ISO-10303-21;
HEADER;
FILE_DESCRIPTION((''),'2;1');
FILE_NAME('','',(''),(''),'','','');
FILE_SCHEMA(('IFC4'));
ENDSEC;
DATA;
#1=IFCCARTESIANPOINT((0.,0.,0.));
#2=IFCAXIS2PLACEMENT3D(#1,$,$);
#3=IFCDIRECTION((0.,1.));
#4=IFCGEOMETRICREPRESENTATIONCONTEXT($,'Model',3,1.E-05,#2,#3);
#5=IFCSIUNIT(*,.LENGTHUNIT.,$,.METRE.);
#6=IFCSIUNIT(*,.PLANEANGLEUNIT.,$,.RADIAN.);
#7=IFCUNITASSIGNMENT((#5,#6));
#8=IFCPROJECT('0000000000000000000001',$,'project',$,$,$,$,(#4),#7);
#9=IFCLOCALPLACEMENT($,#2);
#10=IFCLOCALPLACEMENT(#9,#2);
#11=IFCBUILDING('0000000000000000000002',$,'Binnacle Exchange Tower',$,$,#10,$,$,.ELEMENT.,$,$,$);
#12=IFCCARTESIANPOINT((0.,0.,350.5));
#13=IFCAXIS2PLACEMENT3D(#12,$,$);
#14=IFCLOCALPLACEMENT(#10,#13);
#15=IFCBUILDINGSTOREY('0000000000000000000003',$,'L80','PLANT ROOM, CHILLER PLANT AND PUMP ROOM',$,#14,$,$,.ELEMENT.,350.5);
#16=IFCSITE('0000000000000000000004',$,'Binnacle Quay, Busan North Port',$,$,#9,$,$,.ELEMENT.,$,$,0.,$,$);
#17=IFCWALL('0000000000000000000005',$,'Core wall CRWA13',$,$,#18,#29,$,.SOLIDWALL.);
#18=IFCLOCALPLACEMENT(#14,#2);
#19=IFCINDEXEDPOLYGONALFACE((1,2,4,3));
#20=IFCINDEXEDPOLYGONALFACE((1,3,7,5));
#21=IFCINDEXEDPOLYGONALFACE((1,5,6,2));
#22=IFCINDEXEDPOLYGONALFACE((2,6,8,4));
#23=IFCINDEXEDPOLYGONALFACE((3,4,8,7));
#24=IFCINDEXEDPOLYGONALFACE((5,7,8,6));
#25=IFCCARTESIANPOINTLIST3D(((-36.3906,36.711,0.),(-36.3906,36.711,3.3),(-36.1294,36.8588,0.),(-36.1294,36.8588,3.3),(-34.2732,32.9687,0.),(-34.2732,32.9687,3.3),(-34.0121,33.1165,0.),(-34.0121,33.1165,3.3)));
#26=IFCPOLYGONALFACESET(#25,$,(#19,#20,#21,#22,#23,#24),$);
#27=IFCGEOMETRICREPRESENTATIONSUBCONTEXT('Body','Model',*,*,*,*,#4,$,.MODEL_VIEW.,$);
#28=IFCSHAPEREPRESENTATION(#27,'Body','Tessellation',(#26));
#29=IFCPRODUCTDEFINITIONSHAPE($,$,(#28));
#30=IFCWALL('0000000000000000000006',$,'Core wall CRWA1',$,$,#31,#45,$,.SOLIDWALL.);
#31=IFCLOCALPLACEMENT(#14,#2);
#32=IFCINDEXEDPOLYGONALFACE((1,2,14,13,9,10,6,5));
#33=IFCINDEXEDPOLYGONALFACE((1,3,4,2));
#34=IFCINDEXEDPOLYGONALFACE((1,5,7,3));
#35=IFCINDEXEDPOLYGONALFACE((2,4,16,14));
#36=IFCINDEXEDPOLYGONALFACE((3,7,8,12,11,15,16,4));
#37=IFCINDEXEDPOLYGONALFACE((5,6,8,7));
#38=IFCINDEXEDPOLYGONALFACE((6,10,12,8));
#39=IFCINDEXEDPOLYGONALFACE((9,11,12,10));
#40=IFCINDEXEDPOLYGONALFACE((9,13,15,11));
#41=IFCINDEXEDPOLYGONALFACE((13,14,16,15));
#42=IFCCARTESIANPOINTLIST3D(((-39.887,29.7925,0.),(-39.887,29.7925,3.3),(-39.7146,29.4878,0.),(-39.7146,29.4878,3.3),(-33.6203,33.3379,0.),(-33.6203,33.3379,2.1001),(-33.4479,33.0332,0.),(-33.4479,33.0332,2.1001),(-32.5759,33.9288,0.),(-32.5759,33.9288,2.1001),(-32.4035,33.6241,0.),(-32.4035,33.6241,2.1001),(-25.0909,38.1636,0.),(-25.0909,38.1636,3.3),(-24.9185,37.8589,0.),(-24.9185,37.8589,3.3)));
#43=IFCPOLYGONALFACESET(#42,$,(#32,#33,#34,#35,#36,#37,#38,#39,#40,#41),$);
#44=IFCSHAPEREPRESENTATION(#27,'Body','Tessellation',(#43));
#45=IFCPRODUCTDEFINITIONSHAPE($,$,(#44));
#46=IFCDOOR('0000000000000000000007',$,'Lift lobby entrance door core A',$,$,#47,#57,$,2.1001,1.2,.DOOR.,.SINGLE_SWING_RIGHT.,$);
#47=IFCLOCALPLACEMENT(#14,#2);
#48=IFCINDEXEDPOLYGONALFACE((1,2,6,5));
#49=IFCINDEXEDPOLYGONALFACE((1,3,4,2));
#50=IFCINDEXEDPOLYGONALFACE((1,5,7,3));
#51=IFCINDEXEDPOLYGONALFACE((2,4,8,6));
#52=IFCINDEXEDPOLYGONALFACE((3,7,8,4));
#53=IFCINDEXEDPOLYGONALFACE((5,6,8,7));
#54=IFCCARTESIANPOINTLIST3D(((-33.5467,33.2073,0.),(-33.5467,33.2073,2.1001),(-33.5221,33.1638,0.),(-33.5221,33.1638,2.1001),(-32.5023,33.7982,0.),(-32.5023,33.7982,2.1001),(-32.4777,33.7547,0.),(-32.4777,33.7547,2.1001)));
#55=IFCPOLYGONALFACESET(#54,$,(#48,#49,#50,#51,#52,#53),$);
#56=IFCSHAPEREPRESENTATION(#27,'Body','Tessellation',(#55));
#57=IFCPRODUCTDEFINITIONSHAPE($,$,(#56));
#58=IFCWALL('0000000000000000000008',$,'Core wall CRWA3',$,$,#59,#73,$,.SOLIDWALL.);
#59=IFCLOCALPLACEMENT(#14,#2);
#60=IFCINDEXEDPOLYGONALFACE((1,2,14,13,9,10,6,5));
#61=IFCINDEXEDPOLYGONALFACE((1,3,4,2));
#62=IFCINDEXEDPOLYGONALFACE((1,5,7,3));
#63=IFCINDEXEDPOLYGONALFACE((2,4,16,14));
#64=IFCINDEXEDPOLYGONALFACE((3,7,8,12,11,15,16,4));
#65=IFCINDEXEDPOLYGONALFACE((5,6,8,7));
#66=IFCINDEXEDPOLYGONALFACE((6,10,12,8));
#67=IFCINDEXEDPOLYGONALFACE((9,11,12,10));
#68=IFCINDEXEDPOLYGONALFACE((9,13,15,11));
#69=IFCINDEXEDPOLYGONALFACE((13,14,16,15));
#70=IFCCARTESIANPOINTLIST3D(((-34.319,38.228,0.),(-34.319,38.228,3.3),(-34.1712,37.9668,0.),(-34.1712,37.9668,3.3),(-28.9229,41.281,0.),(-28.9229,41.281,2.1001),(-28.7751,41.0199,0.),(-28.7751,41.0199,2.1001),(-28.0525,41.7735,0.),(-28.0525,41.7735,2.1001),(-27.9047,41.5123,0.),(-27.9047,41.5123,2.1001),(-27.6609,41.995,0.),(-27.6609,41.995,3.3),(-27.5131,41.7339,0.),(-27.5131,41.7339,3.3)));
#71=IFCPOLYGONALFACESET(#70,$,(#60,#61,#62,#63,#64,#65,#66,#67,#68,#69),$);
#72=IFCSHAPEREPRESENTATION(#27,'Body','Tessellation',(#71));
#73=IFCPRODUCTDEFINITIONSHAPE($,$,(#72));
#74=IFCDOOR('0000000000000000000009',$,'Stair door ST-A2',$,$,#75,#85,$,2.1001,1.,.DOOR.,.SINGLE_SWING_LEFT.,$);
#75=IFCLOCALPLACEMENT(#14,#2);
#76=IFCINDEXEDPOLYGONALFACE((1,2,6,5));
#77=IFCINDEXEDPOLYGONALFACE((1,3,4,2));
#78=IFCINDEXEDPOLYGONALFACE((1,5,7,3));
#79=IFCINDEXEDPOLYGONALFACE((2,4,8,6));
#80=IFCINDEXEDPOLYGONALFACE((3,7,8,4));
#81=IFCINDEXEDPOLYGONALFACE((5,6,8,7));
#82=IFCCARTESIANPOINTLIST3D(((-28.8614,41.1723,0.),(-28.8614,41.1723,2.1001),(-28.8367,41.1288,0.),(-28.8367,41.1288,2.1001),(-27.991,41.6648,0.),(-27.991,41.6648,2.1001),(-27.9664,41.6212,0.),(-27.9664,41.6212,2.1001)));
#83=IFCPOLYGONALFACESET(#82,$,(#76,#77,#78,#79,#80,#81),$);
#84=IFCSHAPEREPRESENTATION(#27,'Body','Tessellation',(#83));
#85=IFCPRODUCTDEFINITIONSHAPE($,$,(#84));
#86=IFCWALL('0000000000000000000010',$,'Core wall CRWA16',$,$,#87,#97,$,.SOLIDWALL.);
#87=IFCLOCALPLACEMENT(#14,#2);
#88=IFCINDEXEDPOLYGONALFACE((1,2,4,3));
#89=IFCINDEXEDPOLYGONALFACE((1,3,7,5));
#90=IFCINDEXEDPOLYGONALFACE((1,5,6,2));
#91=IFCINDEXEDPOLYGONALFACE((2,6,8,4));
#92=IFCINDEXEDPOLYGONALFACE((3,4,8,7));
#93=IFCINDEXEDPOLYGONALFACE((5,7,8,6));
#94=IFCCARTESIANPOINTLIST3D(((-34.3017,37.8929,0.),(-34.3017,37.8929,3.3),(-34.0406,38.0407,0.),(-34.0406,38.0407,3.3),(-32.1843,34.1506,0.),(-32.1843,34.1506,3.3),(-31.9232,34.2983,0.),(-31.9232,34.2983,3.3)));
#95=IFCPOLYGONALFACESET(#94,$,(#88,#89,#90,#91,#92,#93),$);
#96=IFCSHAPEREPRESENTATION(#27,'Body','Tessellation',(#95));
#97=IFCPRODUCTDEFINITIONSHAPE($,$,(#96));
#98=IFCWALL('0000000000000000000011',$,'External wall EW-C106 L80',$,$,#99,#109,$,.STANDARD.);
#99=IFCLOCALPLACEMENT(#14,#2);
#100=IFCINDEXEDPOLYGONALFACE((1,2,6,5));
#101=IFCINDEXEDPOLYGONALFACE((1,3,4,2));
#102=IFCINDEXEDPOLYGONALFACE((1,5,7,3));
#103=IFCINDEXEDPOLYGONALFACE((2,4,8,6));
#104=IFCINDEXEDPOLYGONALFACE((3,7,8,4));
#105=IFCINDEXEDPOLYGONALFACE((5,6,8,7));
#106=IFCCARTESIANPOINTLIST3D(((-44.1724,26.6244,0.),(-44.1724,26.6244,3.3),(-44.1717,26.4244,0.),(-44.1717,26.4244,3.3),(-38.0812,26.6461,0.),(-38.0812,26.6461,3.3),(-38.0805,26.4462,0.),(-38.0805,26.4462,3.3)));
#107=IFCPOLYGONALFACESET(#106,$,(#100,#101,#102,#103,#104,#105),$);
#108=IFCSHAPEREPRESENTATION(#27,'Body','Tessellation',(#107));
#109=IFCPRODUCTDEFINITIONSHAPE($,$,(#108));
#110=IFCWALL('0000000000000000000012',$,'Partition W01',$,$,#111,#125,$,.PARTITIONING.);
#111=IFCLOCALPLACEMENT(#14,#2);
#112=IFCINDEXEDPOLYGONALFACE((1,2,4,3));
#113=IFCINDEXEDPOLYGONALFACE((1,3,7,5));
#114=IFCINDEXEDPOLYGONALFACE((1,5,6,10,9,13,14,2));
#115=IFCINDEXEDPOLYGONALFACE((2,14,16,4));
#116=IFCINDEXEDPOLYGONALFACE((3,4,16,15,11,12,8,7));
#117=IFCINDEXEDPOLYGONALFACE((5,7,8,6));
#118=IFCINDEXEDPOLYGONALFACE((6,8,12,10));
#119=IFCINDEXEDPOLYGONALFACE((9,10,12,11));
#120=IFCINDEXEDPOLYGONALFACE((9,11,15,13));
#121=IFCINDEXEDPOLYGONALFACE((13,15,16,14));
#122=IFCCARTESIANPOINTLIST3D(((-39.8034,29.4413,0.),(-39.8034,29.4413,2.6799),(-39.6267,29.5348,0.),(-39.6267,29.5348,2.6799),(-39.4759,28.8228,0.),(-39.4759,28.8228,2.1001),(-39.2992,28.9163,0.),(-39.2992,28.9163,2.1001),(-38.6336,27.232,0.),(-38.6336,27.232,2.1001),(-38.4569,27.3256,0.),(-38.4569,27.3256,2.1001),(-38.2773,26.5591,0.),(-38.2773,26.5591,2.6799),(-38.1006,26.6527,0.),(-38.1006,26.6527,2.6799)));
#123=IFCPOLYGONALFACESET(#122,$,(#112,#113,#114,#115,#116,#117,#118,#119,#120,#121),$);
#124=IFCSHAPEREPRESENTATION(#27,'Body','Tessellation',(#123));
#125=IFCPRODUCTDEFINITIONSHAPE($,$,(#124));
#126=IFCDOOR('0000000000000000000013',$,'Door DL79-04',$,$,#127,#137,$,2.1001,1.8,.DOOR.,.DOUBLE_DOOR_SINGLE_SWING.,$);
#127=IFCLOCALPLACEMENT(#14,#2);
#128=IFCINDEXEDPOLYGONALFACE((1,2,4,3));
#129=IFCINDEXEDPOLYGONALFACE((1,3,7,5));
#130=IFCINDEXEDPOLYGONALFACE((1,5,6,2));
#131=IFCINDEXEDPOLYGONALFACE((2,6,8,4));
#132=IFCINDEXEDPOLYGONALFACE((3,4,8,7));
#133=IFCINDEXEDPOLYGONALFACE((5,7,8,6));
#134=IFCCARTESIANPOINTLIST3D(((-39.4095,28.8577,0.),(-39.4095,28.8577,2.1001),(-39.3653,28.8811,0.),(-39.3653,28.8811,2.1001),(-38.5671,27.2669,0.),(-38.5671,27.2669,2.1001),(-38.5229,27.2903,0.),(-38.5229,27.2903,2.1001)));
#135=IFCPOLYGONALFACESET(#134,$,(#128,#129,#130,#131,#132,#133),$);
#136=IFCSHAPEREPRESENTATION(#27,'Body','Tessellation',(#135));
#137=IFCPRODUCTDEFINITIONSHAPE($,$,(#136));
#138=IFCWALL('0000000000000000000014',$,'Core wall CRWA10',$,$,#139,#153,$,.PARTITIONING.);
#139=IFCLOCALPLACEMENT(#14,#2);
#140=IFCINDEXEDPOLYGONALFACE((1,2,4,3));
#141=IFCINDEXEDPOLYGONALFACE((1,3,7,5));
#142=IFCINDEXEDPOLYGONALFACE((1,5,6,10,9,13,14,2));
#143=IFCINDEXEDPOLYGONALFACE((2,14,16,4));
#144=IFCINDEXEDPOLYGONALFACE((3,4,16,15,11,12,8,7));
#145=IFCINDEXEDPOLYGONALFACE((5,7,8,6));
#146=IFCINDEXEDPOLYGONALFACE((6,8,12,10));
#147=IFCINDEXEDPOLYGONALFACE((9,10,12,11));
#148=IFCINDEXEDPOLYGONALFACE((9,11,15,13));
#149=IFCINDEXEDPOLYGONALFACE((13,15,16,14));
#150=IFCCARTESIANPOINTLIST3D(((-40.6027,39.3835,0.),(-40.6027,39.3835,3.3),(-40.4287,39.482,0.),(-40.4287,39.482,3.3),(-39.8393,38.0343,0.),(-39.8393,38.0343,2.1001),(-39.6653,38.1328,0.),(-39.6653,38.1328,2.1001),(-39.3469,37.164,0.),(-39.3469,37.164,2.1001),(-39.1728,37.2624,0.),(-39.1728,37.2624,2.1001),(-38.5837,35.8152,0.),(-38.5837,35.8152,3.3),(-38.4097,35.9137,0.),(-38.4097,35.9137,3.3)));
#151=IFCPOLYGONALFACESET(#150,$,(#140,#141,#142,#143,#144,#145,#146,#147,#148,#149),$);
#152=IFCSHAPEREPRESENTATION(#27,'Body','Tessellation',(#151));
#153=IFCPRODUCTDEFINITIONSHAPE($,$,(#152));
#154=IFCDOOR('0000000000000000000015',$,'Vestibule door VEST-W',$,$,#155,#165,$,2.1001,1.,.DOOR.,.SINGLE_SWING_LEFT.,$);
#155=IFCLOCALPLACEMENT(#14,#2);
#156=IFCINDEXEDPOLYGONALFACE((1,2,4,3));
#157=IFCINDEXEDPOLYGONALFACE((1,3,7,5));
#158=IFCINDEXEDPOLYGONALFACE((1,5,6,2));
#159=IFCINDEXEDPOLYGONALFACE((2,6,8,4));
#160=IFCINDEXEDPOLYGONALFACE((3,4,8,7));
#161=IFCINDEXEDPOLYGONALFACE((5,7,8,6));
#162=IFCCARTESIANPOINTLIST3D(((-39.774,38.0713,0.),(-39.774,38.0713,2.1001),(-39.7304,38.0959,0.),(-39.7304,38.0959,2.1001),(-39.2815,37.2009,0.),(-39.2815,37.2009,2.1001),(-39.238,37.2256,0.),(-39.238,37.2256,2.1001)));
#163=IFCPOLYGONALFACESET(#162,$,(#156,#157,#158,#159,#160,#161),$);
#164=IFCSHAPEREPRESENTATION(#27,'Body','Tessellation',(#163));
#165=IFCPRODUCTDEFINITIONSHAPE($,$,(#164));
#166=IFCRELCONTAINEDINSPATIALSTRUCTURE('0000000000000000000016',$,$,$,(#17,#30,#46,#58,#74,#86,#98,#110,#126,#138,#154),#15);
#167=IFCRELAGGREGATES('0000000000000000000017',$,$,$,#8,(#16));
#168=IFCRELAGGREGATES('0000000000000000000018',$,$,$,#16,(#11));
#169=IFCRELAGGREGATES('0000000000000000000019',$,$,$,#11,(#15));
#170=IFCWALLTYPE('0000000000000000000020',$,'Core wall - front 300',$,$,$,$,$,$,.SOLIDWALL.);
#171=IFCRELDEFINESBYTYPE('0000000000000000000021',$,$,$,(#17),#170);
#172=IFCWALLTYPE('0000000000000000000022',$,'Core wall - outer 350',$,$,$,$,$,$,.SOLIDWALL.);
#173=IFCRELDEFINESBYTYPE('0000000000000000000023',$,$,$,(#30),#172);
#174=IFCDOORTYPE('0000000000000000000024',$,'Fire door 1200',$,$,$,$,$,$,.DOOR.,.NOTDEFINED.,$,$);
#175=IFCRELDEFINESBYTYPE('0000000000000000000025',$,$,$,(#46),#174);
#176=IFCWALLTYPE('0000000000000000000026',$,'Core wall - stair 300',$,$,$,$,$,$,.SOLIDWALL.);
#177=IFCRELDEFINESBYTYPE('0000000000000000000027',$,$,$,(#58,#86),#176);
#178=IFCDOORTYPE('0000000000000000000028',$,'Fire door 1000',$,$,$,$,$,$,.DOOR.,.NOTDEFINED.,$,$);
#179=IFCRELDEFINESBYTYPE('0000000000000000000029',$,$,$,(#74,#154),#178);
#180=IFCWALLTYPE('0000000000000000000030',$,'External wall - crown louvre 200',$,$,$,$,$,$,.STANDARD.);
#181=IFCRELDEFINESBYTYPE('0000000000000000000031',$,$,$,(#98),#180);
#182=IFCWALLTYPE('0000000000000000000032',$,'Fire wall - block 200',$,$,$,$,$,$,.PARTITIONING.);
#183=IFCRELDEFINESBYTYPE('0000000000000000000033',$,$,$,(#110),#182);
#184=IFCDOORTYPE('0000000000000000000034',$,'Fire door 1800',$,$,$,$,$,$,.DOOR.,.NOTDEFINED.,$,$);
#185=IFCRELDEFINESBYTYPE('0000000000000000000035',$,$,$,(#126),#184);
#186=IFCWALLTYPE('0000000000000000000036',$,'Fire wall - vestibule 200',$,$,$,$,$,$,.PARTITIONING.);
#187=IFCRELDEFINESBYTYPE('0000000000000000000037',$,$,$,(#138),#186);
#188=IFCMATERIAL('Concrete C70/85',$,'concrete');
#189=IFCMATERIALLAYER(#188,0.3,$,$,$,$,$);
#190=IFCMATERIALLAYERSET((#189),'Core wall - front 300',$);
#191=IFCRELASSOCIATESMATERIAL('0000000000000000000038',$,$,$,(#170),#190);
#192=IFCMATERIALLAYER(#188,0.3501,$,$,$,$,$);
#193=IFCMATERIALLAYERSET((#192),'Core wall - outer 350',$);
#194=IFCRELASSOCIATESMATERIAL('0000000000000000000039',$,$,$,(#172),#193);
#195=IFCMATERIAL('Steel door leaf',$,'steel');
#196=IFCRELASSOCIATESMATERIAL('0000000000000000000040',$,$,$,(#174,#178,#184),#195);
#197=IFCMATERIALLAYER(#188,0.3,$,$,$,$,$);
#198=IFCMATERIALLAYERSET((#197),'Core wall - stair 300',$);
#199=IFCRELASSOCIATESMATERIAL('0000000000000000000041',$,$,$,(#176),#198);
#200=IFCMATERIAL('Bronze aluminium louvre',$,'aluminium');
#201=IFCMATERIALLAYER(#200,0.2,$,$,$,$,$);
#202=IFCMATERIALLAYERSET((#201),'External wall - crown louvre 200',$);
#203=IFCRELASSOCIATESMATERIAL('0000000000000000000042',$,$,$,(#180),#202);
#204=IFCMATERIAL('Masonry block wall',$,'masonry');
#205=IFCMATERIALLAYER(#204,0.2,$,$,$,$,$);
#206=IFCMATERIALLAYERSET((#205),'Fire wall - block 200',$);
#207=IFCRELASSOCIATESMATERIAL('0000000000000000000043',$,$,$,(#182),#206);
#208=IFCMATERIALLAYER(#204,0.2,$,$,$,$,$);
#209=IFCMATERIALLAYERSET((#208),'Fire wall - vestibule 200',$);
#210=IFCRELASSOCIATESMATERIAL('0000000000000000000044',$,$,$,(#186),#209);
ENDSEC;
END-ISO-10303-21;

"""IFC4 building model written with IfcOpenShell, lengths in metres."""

from ifc_helpers import new_model, si_unit, direction, frame, frame_2d, origin, place, context, subcontext, project, spatial, rectangle, extrude, material, layer, layer_set, type_object, element, fill, save


model = new_model("IFC4")

# Units and contexts
model_context = context("Model", 3, precision=1e-05, world=origin(), true_north=direction((0.0, 1.0)))
body_context = subcontext(model_context, "Body", "Model", "MODEL_VIEW")
ifc_project = project(units=[si_unit("LENGTHUNIT", "METRE"), si_unit("PLANEANGLEUNIT", "RADIAN")], contexts=[model_context])

# Site, building, storey
site_placement = place(None, origin())
site = spatial("IfcSite", under=ifc_project, at=site_placement, Name="Binnacle Quay, Busan North Port", CompositionType="ELEMENT", RefElevation=0.0)
building_placement = place(site_placement, origin())
building = spatial("IfcBuilding", under=site, at=building_placement, Name="Binnacle Exchange Tower", CompositionType="ELEMENT")
storey_placement = place(building_placement, frame((0.0, 0.0, 350.5)))
storey = spatial("IfcBuildingStorey", under=building, at=storey_placement, Name="L80", Description="PLANT ROOM, CHILLER PLANT AND PUMP ROOM", CompositionType="ELEMENT", Elevation=350.5)

# Shared definitions
ifc_material_1 = material(Name="Concrete C70/85", Category="concrete")
ifc_layer_1 = layer(ifc_material_1, 0.3)
ifc_layer_set_1 = layer_set([ifc_layer_1], Name="Core wall - front 300")
wall_type_1 = type_object("IfcWallType", Name="Core wall - front 300", PredefinedType="SOLIDWALL", material=ifc_layer_set_1)
ifc_material_2 = material(Name="Steel door leaf", Category="steel")

# Wall
wall_1_placement = place(storey_placement, frame((-36.26, 36.7849, 0.0), z_axis=(0.0, 0.0, 1.0), x_axis=(0.492435, -0.870349, 0.0)))
element("IfcWall", 1, at=wall_1_placement, inside=storey, type_object=wall_type_1, Name="Core wall CRWA13", PredefinedType="SOLIDWALL", context=body_context, shape_type="SweptSolid", body=[
    extrude(rectangle(XDim=4.2998, YDim=0.3, at=frame_2d((2.1499, 0.0))), origin(), (0.0, 0.0, 1.0), 3.3),
])

# Walls, openings, doors
ifc_layer_2 = layer(ifc_material_1, 0.3501)
ifc_layer_set_2 = layer_set([ifc_layer_2], Name="Core wall - outer 350")
wall_type_2 = type_object("IfcWallType", Name="Core wall - outer 350", PredefinedType="SOLIDWALL", material=ifc_layer_set_2)
wall_2_placement = place(storey_placement, frame((-39.8008, 29.6401, 0.0), z_axis=(0.0, 0.0, 1.0), x_axis=(0.87036, 0.492416, 0.0)))
wall_2 = element("IfcWall", 2, at=wall_2_placement, inside=storey, type_object=wall_type_2, Name="Core wall CRWA1", PredefinedType="SOLIDWALL", context=body_context, shape_type="SweptSolid", body=[
    extrude(rectangle(XDim=17.0, YDim=0.3501, at=frame_2d((8.5, 0.0))), origin(), (0.0, 0.0, 1.0), 3.3),
])
opening_1_placement = place(wall_2_placement, frame((7.2, 0.0, 0.0)))
opening_1 = element("IfcOpeningElement", 3, at=opening_1_placement, cuts=wall_2, PredefinedType="OPENING", context=body_context, shape_type="SweptSolid", body=[
    extrude(rectangle(XDim=1.2, YDim=2.1001, at=frame_2d((0.6001, 1.05))), frame((0.0, 0.1851, 0.0), z_axis=(0.0, -1.0, 0.0), x_axis=(1.0, 0.0, 0.0)), (0.0, 0.0, 1.0), 0.3701),
])
door_type_1 = type_object("IfcDoorType", Name="Fire door 1200", OperationType="NOTDEFINED", PredefinedType="DOOR", material=ifc_material_2)
door_1_placement = place(opening_1_placement, frame((1.2, 0.0, 0.0), z_axis=(0.0, 0.0, 1.0), x_axis=(-1.0, 0.0, 0.0)))
door_1 = element("IfcDoor", 4, at=door_1_placement, inside=storey, type_object=door_type_1, Name="Lift lobby entrance door core A", OperationType="SINGLE_SWING_RIGHT", OverallHeight=2.1001, OverallWidth=1.2, PredefinedType="DOOR", context=body_context, shape_type="SweptSolid", body=[
    extrude(rectangle(XDim=1.2, YDim=2.1001, at=frame_2d((0.6001, 1.05))), frame((0.0, 0.0249, 0.0), z_axis=(0.0, -1.0, 0.0), x_axis=(1.0, 0.0, 0.0)), (0.0, 0.0, 1.0), 0.05),
])
fill(opening_1, door_1)
ifc_layer_3 = layer(ifc_material_1, 0.3)
ifc_layer_set_3 = layer_set([ifc_layer_3], Name="Core wall - stair 300")
wall_type_3 = type_object("IfcWallType", Name="Core wall - stair 300", PredefinedType="SOLIDWALL", material=ifc_layer_set_3)
wall_3_placement = place(storey_placement, frame((-34.2451, 38.0974, 0.0), z_axis=(0.0, 0.0, 1.0), x_axis=(0.870352, 0.492429, 0.0)))
wall_3 = element("IfcWall", 5, at=wall_3_placement, inside=storey, type_object=wall_type_3, Name="Core wall CRWA3", PredefinedType="SOLIDWALL", context=body_context, shape_type="SweptSolid", body=[
    extrude(rectangle(XDim=7.6499, YDim=0.3, at=frame_2d((3.825, 0.0))), origin(), (0.0, 0.0, 1.0), 3.3),
])
opening_2_placement = place(wall_3_placement, frame((6.2, 0.0, 0.0)))
opening_2 = element("IfcOpeningElement", 6, at=opening_2_placement, cuts=wall_3, PredefinedType="OPENING", context=body_context, shape_type="SweptSolid", body=[
    extrude(rectangle(XDim=1.0, YDim=2.1001, at=frame_2d((0.5, 1.05))), frame((0.0, 0.1599, 0.0), z_axis=(0.0, -1.0, 0.0), x_axis=(1.0, 0.0, 0.0)), (0.0, 0.0, 1.0), 0.3201),
])
door_type_2 = type_object("IfcDoorType", Name="Fire door 1000", OperationType="NOTDEFINED", PredefinedType="DOOR", material=ifc_material_2)
door_2_placement = place(opening_2_placement, frame((1.0, 0.0, 0.0), z_axis=(0.0, 0.0, 1.0), x_axis=(-1.0, 0.0, 0.0)))
door_2 = element("IfcDoor", 7, at=door_2_placement, inside=storey, type_object=door_type_2, Name="Stair door ST-A2", OperationType="SINGLE_SWING_LEFT", OverallHeight=2.1001, OverallWidth=1.0, PredefinedType="DOOR", context=body_context, shape_type="SweptSolid", body=[
    extrude(rectangle(XDim=1.0, YDim=2.1001, at=frame_2d((0.5, 1.05))), frame((0.0, 0.0249, 0.0), z_axis=(0.0, -1.0, 0.0), x_axis=(1.0, 0.0, 0.0)), (0.0, 0.0, 1.0), 0.05),
])
fill(opening_2, door_2)

# Walls
wall_4_placement = place(storey_placement, frame((-34.1711, 37.9668, 0.0), z_axis=(0.0, 0.0, 1.0), x_axis=(0.492435, -0.870349, 0.0)))
element("IfcWall", 8, at=wall_4_placement, inside=storey, type_object=wall_type_3, Name="Core wall CRWA16", PredefinedType="SOLIDWALL", context=body_context, shape_type="SweptSolid", body=[
    extrude(rectangle(XDim=4.2998, YDim=0.3, at=frame_2d((2.1499, 0.0))), origin(), (0.0, 0.0, 1.0), 3.3),
])
ifc_material_3 = material(Name="Bronze aluminium louvre", Category="aluminium")
ifc_layer_4 = layer(ifc_material_3, 0.2)
ifc_layer_set_4 = layer_set([ifc_layer_4], Name="External wall - crown louvre 200")
wall_type_4 = type_object("IfcWallType", Name="External wall - crown louvre 200", PredefinedType="STANDARD", material=ifc_layer_set_4)
wall_5_placement = place(storey_placement, frame((-38.0808, 26.5461, 0.0), z_axis=(0.0, 0.0, 1.0), x_axis=(-0.999994, -0.003567, 0.0)))
element("IfcWall", 9, at=wall_5_placement, inside=storey, type_object=wall_type_4, Name="External wall EW-C106 L80", PredefinedType="STANDARD", context=body_context, shape_type="SweptSolid", body=[
    extrude(rectangle(XDim=6.0913, YDim=0.2, at=frame_2d((3.0457, 0.0))), origin(), (0.0, 0.0, 1.0), 3.3),
])

# Walls, openings, doors
ifc_material_4 = material(Name="Masonry block wall", Category="masonry")
ifc_layer_5 = layer(ifc_material_4, 0.2)
ifc_layer_set_5 = layer_set([ifc_layer_5], Name="Fire wall - block 200")
wall_type_5 = type_object("IfcWallType", Name="Fire wall - block 200", PredefinedType="PARTITIONING", material=ifc_layer_set_5)
wall_6_placement = place(storey_placement, frame((-39.7151, 29.488, 0.0), z_axis=(0.0, 0.0, 1.0), x_axis=(0.467963, -0.883748, 0.0)))
wall_6 = element("IfcWall", 10, at=wall_6_placement, inside=storey, type_object=wall_type_5, Name="Partition W01", PredefinedType="PARTITIONING", context=body_context, shape_type="SweptSolid", body=[
    extrude(rectangle(XDim=3.2612, YDim=0.2, at=frame_2d((1.6306, 0.0))), origin(), (0.0, 0.0, 1.0), 2.6799),
])
opening_3_placement = place(wall_6_placement, frame((0.7, 0.0, 0.0)))
opening_3 = element("IfcOpeningElement", 11, at=opening_3_placement, cuts=wall_6, PredefinedType="OPENING", context=body_context, shape_type="SweptSolid", body=[
    extrude(rectangle(XDim=1.8, YDim=2.1001, at=frame_2d((0.8999, 1.05))), frame((0.0, 0.1099, 0.0), z_axis=(0.0, -1.0, 0.0), x_axis=(1.0, 0.0, 0.0)), (0.0, 0.0, 1.0), 0.22),
])
door_type_3 = type_object("IfcDoorType", Name="Fire door 1800", OperationType="NOTDEFINED", PredefinedType="DOOR", material=ifc_material_2)
door_3_placement = place(opening_3_placement, frame((1.8, 0.0, 0.0), z_axis=(0.0, 0.0, 1.0), x_axis=(-1.0, 0.0, 0.0)))
door_3 = element("IfcDoor", 12, at=door_3_placement, inside=storey, type_object=door_type_3, Name="Door DL79-04", OperationType="DOUBLE_DOOR_SINGLE_SWING", OverallHeight=2.1001, OverallWidth=1.8, PredefinedType="DOOR", context=body_context, shape_type="SweptSolid", body=[
    extrude(rectangle(XDim=1.8, YDim=2.1001, at=frame_2d((0.8999, 1.05))), frame((0.0, 0.0249, 0.0), z_axis=(0.0, -1.0, 0.0), x_axis=(1.0, 0.0, 0.0)), (0.0, 0.0, 1.0), 0.05),
])
fill(opening_3, door_3)
ifc_layer_6 = layer(ifc_material_4, 0.2)
ifc_layer_set_6 = layer_set([ifc_layer_6], Name="Fire wall - vestibule 200")
wall_type_6 = type_object("IfcWallType", Name="Fire wall - vestibule 200", PredefinedType="PARTITIONING", material=ifc_layer_set_6)
wall_7_placement = place(storey_placement, frame((-40.5156, 39.4326, 0.0), z_axis=(0.0, 0.0, 1.0), x_axis=(0.492454, -0.870339, 0.0)))
wall_7 = element("IfcWall", 13, at=wall_7_placement, inside=storey, type_object=wall_type_6, Name="Core wall CRWA10", PredefinedType="PARTITIONING", context=body_context, shape_type="SweptSolid", body=[
    extrude(rectangle(XDim=4.0999, YDim=0.2, at=frame_2d((2.0498, 0.0))), origin(), (0.0, 0.0, 1.0), 3.3),
])
opening_4_placement = place(wall_7_placement, frame((1.55, 0.0, 0.0)))
opening_4 = element("IfcOpeningElement", 14, at=opening_4_placement, cuts=wall_7, PredefinedType="OPENING", context=body_context, shape_type="SweptSolid", body=[
    extrude(rectangle(XDim=1.0, YDim=2.1001, at=frame_2d((0.5, 1.05))), frame((0.0, 0.1099, 0.0), z_axis=(0.0, -1.0, 0.0), x_axis=(1.0, 0.0, 0.0)), (0.0, 0.0, 1.0), 0.22),
])
door_4_placement = place(opening_4_placement, frame((1.0, 0.0, 0.0), z_axis=(0.0, 0.0, 1.0), x_axis=(-1.0, 0.0, 0.0)))
door_4 = element("IfcDoor", 15, at=door_4_placement, inside=storey, type_object=door_type_2, Name="Vestibule door VEST-W", OperationType="SINGLE_SWING_LEFT", OverallHeight=2.1001, OverallWidth=1.0, PredefinedType="DOOR", context=body_context, shape_type="SweptSolid", body=[
    extrude(rectangle(XDim=1.0, YDim=2.1001, at=frame_2d((0.5, 1.05))), frame((0.0, 0.0249, 0.0), z_axis=(0.0, -1.0, 0.0), x_axis=(1.0, 0.0, 0.0)), (0.0, 0.0, 1.0), 0.05),
])
fill(opening_4, door_4)

save(model, "model.ifc")
